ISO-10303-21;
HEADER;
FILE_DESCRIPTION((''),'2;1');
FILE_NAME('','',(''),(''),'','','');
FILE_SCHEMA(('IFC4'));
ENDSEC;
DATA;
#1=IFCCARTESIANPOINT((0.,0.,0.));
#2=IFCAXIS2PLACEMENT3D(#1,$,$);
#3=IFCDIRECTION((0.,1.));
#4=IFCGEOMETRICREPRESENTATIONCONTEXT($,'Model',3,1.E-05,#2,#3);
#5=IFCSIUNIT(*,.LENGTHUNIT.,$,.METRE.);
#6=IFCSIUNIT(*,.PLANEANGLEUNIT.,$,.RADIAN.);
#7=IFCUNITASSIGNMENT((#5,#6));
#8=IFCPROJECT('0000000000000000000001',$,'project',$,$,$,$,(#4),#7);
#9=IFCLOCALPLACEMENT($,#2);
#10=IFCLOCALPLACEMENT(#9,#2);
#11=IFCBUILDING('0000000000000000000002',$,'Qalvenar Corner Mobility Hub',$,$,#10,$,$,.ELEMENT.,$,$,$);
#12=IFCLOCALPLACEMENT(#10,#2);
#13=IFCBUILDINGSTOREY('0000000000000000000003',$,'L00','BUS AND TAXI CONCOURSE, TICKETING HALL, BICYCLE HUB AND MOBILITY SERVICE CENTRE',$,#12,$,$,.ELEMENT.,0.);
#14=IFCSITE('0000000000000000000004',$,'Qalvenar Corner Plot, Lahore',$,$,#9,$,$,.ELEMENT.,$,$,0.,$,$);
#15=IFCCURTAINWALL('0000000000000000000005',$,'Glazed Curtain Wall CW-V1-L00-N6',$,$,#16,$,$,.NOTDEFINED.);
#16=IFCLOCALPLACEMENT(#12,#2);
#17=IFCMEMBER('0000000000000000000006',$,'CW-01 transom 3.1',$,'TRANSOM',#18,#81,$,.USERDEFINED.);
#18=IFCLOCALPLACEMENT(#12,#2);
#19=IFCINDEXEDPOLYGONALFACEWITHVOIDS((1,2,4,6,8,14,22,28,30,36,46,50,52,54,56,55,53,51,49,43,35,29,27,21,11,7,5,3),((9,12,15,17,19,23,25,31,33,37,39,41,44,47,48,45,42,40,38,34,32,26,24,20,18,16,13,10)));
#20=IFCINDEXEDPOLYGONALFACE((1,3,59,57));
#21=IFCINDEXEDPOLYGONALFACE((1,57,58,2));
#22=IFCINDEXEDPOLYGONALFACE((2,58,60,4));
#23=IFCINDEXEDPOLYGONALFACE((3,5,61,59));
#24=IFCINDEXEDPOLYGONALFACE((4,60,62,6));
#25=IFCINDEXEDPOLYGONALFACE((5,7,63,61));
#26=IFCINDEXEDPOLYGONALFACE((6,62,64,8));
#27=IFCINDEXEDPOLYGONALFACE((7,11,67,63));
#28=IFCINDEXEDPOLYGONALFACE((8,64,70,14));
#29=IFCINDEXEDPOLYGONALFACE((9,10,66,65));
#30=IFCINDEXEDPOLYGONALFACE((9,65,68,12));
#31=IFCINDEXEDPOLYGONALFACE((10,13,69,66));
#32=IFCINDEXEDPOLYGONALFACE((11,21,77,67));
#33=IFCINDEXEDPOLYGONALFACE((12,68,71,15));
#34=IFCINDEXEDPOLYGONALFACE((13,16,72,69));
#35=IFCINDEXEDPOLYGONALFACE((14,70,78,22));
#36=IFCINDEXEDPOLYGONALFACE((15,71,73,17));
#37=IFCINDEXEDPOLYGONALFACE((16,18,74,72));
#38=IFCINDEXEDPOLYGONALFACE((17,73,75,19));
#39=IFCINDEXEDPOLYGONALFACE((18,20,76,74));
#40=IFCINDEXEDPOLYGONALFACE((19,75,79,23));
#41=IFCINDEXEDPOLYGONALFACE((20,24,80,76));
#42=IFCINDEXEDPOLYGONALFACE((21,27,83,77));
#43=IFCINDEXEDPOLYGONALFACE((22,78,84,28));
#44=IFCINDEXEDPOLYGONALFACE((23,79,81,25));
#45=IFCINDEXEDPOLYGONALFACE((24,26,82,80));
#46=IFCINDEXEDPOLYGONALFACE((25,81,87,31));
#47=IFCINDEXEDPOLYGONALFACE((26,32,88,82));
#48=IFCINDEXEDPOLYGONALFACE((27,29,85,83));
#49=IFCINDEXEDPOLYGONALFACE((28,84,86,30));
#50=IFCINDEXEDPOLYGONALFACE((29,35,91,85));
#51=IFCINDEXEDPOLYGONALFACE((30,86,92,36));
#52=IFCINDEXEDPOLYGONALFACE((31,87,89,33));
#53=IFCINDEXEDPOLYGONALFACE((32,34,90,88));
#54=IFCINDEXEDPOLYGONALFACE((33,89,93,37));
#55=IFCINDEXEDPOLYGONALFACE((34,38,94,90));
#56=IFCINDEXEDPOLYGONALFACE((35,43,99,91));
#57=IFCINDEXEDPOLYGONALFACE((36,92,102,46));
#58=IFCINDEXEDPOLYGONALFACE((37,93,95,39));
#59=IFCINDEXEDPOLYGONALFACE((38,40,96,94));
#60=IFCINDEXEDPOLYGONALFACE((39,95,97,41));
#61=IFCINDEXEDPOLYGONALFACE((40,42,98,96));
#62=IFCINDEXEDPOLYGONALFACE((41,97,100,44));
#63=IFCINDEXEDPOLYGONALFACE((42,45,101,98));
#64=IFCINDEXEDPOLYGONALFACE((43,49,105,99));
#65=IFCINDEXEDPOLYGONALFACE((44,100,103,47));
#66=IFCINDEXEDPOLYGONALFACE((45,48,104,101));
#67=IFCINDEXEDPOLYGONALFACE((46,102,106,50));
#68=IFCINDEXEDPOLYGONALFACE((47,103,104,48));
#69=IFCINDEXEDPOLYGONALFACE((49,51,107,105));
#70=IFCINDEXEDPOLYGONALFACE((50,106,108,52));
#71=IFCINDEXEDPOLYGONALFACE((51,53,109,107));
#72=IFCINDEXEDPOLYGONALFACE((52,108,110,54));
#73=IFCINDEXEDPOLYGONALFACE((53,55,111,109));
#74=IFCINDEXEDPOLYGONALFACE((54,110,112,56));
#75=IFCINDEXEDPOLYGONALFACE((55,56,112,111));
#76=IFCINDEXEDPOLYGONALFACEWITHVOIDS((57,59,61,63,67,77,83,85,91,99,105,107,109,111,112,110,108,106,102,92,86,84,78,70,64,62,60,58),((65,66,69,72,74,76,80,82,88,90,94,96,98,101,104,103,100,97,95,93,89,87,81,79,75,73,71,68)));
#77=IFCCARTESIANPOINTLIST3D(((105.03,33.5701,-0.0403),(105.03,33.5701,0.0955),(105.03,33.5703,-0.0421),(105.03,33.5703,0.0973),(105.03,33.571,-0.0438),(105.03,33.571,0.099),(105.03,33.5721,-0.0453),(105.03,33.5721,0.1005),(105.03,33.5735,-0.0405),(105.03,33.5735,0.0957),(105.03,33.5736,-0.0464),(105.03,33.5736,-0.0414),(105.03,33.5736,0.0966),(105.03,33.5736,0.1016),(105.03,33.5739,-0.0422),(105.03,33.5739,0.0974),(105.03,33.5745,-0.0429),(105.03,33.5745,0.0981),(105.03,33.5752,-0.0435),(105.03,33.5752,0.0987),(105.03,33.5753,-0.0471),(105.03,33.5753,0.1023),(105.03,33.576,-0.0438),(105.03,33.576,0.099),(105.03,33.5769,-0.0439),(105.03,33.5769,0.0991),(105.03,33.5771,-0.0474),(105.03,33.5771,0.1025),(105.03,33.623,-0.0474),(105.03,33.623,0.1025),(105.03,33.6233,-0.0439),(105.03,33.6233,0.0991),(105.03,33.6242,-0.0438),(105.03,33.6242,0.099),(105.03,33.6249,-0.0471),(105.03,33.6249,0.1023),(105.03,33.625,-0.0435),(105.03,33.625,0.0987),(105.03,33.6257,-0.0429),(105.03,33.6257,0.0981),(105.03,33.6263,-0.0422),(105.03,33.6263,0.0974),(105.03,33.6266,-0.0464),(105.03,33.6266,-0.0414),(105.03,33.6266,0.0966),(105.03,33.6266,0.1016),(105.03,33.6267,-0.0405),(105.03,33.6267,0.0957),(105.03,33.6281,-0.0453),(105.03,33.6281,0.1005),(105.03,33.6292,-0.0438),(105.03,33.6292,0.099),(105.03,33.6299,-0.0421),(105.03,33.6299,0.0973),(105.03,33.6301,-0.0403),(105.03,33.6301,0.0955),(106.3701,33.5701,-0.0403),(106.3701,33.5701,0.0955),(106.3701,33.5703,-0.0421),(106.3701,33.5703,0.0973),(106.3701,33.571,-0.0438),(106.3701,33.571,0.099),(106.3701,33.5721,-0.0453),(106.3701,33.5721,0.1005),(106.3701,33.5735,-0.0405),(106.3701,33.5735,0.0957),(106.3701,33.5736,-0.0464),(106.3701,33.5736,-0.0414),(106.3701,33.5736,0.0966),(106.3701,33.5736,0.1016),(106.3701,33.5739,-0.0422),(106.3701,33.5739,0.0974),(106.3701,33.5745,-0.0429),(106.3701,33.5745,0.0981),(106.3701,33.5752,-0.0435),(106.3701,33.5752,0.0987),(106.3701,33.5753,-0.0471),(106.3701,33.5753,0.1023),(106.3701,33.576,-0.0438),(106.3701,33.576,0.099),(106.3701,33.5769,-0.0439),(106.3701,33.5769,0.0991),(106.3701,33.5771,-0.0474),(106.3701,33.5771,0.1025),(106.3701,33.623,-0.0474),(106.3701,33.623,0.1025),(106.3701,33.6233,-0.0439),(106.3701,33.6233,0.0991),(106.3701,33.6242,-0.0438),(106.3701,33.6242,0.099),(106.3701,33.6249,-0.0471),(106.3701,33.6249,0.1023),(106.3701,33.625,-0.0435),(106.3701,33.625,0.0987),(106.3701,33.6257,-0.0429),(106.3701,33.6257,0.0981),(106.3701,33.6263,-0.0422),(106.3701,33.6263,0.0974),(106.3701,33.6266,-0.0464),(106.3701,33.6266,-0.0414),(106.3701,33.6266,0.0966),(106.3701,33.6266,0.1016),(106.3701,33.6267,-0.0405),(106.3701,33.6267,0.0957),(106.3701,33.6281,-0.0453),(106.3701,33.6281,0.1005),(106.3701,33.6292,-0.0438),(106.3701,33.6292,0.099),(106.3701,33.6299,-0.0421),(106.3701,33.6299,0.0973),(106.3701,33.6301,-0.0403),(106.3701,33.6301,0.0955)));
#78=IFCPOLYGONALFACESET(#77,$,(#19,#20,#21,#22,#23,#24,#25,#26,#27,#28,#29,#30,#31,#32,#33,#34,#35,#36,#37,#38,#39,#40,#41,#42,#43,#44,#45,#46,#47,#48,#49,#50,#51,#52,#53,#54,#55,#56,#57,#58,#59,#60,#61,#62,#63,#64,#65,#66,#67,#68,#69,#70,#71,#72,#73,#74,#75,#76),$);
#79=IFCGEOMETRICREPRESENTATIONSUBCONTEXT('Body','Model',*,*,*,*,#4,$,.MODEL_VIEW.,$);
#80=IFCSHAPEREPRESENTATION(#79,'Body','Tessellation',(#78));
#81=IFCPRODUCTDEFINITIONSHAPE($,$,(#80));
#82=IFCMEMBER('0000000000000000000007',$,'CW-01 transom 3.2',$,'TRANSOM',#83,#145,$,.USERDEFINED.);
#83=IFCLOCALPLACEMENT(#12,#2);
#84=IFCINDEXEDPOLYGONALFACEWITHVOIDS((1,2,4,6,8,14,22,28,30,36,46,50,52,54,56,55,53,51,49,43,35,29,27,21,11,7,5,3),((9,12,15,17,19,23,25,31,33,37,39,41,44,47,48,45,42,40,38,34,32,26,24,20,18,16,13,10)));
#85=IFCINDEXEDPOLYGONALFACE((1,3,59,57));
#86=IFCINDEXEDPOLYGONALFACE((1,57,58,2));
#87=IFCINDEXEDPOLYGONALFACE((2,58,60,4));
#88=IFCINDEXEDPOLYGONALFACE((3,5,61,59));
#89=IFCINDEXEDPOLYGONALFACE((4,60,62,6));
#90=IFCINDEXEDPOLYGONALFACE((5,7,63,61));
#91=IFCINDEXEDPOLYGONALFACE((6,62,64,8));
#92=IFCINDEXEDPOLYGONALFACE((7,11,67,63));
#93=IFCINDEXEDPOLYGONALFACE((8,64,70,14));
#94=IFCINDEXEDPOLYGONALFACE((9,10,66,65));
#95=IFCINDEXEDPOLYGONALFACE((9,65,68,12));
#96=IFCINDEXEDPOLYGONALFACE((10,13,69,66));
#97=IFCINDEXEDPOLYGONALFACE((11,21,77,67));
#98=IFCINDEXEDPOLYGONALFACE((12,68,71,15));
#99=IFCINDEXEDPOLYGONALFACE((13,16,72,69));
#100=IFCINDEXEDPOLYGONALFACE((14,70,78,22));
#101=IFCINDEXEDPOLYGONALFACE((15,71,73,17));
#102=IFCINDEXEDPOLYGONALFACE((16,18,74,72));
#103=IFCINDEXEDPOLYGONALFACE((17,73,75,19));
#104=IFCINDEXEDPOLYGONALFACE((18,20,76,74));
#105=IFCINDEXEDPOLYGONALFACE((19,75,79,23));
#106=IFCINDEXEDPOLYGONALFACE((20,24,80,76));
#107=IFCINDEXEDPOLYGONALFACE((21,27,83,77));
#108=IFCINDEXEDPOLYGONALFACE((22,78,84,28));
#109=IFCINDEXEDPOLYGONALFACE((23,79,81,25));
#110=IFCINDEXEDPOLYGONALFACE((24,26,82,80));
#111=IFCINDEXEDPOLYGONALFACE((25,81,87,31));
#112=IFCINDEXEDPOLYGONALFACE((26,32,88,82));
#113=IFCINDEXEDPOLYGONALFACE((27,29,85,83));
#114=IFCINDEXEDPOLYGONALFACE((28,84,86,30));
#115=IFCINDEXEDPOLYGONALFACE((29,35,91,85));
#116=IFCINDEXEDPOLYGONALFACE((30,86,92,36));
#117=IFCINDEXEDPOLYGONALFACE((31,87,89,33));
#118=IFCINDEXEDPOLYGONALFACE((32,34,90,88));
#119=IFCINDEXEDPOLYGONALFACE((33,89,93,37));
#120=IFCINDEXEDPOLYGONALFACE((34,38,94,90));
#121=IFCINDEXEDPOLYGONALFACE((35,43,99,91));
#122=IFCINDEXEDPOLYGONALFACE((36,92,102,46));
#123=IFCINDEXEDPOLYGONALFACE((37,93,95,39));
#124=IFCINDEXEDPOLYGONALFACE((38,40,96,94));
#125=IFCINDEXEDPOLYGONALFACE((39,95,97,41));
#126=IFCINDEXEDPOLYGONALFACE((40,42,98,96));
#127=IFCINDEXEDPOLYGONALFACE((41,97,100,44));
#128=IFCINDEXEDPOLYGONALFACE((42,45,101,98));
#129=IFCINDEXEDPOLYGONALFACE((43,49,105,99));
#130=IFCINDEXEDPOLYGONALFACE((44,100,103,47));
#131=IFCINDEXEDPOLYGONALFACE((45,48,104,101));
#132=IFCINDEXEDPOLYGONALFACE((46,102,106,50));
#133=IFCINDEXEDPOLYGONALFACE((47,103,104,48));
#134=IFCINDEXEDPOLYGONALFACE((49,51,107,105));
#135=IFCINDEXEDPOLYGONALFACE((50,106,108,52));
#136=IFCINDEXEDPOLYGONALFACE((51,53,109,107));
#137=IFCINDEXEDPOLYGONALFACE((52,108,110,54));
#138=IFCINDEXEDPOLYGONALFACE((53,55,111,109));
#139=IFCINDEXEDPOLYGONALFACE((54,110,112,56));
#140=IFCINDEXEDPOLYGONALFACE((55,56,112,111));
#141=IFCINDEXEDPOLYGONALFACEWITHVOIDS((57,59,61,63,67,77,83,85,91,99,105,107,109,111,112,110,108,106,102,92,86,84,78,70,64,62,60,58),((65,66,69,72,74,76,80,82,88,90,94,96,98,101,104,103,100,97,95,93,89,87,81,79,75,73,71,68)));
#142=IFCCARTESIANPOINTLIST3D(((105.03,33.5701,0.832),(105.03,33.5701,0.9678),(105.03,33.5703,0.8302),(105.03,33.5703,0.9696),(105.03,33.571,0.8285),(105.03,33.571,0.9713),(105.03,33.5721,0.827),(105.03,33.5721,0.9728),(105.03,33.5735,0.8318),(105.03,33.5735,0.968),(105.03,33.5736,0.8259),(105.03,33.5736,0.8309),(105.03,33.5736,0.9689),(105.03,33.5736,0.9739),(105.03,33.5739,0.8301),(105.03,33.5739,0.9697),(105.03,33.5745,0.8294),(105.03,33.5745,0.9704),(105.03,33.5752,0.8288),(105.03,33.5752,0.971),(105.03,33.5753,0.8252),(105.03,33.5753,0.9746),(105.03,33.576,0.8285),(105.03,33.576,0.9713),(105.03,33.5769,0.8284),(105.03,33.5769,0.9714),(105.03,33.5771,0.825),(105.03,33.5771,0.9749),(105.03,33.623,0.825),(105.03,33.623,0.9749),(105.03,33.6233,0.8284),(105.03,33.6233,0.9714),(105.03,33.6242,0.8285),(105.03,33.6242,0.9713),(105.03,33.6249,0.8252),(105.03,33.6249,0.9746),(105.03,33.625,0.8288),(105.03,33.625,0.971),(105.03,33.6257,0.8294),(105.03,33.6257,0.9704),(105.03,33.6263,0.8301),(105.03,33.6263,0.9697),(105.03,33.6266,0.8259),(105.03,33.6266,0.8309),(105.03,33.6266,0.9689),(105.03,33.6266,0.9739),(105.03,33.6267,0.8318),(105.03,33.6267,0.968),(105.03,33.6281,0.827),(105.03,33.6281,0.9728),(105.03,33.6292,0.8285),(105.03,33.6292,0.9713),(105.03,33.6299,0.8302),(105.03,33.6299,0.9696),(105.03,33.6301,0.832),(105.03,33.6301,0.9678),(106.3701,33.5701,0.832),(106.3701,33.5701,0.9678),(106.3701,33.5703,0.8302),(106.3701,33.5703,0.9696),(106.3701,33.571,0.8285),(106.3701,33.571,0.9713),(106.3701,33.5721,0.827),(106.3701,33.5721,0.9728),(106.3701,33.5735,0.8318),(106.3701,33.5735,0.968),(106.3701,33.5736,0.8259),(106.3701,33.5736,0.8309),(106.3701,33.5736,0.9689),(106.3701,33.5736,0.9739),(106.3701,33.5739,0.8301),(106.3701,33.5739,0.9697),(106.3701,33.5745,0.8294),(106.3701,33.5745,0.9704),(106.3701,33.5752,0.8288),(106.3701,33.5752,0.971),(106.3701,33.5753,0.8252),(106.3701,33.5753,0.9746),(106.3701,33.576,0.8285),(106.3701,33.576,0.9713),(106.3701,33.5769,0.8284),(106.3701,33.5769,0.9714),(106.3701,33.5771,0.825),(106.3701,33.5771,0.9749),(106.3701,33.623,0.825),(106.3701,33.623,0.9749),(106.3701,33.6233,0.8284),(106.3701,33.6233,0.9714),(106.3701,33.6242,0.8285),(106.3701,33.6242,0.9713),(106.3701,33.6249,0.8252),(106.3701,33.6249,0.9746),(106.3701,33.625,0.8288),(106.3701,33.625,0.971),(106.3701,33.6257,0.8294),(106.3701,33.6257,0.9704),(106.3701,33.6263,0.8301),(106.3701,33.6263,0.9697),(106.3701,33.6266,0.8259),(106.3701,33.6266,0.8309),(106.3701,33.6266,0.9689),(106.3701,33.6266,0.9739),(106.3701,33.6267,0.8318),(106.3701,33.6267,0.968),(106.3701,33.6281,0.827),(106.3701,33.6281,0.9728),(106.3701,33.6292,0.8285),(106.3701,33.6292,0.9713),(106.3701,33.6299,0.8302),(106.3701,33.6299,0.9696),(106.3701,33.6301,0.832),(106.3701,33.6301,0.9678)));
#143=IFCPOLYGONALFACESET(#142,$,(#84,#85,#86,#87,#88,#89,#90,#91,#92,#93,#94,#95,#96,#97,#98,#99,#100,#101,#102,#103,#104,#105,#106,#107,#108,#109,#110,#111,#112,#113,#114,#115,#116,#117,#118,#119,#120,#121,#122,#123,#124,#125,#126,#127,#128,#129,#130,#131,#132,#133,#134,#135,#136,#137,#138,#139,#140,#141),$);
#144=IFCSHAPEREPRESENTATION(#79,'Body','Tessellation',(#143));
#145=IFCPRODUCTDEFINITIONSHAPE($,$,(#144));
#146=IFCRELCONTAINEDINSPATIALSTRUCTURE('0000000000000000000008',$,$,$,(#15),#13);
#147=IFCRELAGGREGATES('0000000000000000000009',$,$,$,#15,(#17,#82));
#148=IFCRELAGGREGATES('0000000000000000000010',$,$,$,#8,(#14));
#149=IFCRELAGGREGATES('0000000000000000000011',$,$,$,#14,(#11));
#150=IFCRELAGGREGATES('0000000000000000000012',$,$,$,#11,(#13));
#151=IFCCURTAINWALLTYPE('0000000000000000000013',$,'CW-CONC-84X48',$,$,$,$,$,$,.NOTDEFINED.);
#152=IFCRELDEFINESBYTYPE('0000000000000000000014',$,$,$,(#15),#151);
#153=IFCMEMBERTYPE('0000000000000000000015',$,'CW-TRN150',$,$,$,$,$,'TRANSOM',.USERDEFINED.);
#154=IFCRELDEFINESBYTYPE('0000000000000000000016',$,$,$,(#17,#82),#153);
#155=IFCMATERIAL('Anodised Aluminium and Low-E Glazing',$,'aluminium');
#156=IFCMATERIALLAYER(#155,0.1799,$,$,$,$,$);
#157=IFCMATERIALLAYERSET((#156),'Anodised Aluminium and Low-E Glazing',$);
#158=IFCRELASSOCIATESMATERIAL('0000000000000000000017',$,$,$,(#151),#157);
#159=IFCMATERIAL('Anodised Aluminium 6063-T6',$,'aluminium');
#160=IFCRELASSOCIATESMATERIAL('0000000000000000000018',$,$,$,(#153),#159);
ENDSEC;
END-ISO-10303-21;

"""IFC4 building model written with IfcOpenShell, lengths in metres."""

from ifc_helpers import new_model, si_unit, direction, frame, origin, origin_2d, place, context, subcontext, project, spatial, hollow_rectangle, extrude, material, layer, layer_set, material_profile, profile_set, type_object, element, aggregate, save


model = new_model("IFC4")

# Units and contexts
model_context = context("Model", 3, precision=1e-05, world=origin(), true_north=direction((0.0, 1.0)))
body_context = subcontext(model_context, "Body", "Model", "MODEL_VIEW")
ifc_project = project(units=[si_unit("LENGTHUNIT", "METRE"), si_unit("PLANEANGLEUNIT", "RADIAN")], contexts=[model_context])

# Site, building, storey
site_placement = place(None, origin())
site = spatial("IfcSite", under=ifc_project, at=site_placement, Name="Qalvenar Corner Plot, Lahore", CompositionType="ELEMENT", RefElevation=0.0)
building_placement = place(site_placement, origin())
building = spatial("IfcBuilding", under=site, at=building_placement, Name="Qalvenar Corner Mobility Hub", CompositionType="ELEMENT")
storey_placement = place(building_placement, origin())
storey = spatial("IfcBuildingStorey", under=building, at=storey_placement, Name="L00", Description="BUS AND TAXI CONCOURSE, TICKETING HALL, BICYCLE HUB AND MOBILITY SERVICE CENTRE", CompositionType="ELEMENT", Elevation=0.0)

# Curtain wall, members
ifc_material_1 = material(Name="Anodised Aluminium and Low-E Glazing", Category="aluminium")
ifc_layer_1 = layer(ifc_material_1, 0.1799)
ifc_layer_set_1 = layer_set([ifc_layer_1], Name="Anodised Aluminium and Low-E Glazing")
curtain_wall_type = type_object("IfcCurtainWallType", Name="CW-CONC-84X48", PredefinedType="NOTDEFINED", material=ifc_layer_set_1)
curtain_wall_placement = place(storey_placement, origin())
curtain_wall = element("IfcCurtainWall", 1, at=curtain_wall_placement, inside=storey, type_object=curtain_wall_type, Name="Glazed Curtain Wall CW-V1-L00-N6", PredefinedType="NOTDEFINED")
ifc_material_2 = material(Name="Anodised Aluminium 6063-T6", Category="aluminium")
ifc_material_profile_1 = material_profile(ifc_material_2, hollow_rectangle(XDim=0.0601, YDim=0.1499, WallThickness=0.0034, InnerFilletRadius=0.0034, OuterFilletRadius=0.0071, at=origin_2d()), Name="RHS150x60x3.5")
ifc_profile_set_1 = profile_set([ifc_material_profile_1], Name="Anodised Aluminium 6063-T6")
member_type_1 = type_object("IfcMemberType", Name="CW-TRN150", ElementType="TRANSOM", PredefinedType="USERDEFINED", material=ifc_profile_set_1)
member_1_placement = place(storey_placement, frame((106.3701, 33.6001, 0.0276), z_axis=(-1.0, 0.0, 0.0), x_axis=(0.0, -1.0, 0.0)))
member_1 = element("IfcMember", 2, at=member_1_placement, type_object=member_type_1, Name="CW-01 transom 3.1", ObjectType="TRANSOM", PredefinedType="USERDEFINED", context=body_context, shape_type="SweptSolid", body=[
    extrude(hollow_rectangle(XDim=0.0601, YDim=0.1499, WallThickness=0.0034, InnerFilletRadius=0.0034, OuterFilletRadius=0.0071, at=origin_2d()), origin(), (0.0, 0.0, 1.0), 1.3401),
])
member_2_placement = place(storey_placement, frame((106.3701, 33.6001, 0.8999), z_axis=(-1.0, 0.0, 0.0), x_axis=(0.0, -1.0, 0.0)))
member_2 = element("IfcMember", 3, at=member_2_placement, type_object=member_type_1, Name="CW-01 transom 3.2", ObjectType="TRANSOM", PredefinedType="USERDEFINED", context=body_context, shape_type="SweptSolid", body=[
    extrude(hollow_rectangle(XDim=0.0601, YDim=0.1499, WallThickness=0.0034, InnerFilletRadius=0.0034, OuterFilletRadius=0.0071, at=origin_2d()), origin(), (0.0, 0.0, 1.0), 1.3401),
])
aggregate(curtain_wall, [member_1, member_2])

save(model, "model.ifc")
